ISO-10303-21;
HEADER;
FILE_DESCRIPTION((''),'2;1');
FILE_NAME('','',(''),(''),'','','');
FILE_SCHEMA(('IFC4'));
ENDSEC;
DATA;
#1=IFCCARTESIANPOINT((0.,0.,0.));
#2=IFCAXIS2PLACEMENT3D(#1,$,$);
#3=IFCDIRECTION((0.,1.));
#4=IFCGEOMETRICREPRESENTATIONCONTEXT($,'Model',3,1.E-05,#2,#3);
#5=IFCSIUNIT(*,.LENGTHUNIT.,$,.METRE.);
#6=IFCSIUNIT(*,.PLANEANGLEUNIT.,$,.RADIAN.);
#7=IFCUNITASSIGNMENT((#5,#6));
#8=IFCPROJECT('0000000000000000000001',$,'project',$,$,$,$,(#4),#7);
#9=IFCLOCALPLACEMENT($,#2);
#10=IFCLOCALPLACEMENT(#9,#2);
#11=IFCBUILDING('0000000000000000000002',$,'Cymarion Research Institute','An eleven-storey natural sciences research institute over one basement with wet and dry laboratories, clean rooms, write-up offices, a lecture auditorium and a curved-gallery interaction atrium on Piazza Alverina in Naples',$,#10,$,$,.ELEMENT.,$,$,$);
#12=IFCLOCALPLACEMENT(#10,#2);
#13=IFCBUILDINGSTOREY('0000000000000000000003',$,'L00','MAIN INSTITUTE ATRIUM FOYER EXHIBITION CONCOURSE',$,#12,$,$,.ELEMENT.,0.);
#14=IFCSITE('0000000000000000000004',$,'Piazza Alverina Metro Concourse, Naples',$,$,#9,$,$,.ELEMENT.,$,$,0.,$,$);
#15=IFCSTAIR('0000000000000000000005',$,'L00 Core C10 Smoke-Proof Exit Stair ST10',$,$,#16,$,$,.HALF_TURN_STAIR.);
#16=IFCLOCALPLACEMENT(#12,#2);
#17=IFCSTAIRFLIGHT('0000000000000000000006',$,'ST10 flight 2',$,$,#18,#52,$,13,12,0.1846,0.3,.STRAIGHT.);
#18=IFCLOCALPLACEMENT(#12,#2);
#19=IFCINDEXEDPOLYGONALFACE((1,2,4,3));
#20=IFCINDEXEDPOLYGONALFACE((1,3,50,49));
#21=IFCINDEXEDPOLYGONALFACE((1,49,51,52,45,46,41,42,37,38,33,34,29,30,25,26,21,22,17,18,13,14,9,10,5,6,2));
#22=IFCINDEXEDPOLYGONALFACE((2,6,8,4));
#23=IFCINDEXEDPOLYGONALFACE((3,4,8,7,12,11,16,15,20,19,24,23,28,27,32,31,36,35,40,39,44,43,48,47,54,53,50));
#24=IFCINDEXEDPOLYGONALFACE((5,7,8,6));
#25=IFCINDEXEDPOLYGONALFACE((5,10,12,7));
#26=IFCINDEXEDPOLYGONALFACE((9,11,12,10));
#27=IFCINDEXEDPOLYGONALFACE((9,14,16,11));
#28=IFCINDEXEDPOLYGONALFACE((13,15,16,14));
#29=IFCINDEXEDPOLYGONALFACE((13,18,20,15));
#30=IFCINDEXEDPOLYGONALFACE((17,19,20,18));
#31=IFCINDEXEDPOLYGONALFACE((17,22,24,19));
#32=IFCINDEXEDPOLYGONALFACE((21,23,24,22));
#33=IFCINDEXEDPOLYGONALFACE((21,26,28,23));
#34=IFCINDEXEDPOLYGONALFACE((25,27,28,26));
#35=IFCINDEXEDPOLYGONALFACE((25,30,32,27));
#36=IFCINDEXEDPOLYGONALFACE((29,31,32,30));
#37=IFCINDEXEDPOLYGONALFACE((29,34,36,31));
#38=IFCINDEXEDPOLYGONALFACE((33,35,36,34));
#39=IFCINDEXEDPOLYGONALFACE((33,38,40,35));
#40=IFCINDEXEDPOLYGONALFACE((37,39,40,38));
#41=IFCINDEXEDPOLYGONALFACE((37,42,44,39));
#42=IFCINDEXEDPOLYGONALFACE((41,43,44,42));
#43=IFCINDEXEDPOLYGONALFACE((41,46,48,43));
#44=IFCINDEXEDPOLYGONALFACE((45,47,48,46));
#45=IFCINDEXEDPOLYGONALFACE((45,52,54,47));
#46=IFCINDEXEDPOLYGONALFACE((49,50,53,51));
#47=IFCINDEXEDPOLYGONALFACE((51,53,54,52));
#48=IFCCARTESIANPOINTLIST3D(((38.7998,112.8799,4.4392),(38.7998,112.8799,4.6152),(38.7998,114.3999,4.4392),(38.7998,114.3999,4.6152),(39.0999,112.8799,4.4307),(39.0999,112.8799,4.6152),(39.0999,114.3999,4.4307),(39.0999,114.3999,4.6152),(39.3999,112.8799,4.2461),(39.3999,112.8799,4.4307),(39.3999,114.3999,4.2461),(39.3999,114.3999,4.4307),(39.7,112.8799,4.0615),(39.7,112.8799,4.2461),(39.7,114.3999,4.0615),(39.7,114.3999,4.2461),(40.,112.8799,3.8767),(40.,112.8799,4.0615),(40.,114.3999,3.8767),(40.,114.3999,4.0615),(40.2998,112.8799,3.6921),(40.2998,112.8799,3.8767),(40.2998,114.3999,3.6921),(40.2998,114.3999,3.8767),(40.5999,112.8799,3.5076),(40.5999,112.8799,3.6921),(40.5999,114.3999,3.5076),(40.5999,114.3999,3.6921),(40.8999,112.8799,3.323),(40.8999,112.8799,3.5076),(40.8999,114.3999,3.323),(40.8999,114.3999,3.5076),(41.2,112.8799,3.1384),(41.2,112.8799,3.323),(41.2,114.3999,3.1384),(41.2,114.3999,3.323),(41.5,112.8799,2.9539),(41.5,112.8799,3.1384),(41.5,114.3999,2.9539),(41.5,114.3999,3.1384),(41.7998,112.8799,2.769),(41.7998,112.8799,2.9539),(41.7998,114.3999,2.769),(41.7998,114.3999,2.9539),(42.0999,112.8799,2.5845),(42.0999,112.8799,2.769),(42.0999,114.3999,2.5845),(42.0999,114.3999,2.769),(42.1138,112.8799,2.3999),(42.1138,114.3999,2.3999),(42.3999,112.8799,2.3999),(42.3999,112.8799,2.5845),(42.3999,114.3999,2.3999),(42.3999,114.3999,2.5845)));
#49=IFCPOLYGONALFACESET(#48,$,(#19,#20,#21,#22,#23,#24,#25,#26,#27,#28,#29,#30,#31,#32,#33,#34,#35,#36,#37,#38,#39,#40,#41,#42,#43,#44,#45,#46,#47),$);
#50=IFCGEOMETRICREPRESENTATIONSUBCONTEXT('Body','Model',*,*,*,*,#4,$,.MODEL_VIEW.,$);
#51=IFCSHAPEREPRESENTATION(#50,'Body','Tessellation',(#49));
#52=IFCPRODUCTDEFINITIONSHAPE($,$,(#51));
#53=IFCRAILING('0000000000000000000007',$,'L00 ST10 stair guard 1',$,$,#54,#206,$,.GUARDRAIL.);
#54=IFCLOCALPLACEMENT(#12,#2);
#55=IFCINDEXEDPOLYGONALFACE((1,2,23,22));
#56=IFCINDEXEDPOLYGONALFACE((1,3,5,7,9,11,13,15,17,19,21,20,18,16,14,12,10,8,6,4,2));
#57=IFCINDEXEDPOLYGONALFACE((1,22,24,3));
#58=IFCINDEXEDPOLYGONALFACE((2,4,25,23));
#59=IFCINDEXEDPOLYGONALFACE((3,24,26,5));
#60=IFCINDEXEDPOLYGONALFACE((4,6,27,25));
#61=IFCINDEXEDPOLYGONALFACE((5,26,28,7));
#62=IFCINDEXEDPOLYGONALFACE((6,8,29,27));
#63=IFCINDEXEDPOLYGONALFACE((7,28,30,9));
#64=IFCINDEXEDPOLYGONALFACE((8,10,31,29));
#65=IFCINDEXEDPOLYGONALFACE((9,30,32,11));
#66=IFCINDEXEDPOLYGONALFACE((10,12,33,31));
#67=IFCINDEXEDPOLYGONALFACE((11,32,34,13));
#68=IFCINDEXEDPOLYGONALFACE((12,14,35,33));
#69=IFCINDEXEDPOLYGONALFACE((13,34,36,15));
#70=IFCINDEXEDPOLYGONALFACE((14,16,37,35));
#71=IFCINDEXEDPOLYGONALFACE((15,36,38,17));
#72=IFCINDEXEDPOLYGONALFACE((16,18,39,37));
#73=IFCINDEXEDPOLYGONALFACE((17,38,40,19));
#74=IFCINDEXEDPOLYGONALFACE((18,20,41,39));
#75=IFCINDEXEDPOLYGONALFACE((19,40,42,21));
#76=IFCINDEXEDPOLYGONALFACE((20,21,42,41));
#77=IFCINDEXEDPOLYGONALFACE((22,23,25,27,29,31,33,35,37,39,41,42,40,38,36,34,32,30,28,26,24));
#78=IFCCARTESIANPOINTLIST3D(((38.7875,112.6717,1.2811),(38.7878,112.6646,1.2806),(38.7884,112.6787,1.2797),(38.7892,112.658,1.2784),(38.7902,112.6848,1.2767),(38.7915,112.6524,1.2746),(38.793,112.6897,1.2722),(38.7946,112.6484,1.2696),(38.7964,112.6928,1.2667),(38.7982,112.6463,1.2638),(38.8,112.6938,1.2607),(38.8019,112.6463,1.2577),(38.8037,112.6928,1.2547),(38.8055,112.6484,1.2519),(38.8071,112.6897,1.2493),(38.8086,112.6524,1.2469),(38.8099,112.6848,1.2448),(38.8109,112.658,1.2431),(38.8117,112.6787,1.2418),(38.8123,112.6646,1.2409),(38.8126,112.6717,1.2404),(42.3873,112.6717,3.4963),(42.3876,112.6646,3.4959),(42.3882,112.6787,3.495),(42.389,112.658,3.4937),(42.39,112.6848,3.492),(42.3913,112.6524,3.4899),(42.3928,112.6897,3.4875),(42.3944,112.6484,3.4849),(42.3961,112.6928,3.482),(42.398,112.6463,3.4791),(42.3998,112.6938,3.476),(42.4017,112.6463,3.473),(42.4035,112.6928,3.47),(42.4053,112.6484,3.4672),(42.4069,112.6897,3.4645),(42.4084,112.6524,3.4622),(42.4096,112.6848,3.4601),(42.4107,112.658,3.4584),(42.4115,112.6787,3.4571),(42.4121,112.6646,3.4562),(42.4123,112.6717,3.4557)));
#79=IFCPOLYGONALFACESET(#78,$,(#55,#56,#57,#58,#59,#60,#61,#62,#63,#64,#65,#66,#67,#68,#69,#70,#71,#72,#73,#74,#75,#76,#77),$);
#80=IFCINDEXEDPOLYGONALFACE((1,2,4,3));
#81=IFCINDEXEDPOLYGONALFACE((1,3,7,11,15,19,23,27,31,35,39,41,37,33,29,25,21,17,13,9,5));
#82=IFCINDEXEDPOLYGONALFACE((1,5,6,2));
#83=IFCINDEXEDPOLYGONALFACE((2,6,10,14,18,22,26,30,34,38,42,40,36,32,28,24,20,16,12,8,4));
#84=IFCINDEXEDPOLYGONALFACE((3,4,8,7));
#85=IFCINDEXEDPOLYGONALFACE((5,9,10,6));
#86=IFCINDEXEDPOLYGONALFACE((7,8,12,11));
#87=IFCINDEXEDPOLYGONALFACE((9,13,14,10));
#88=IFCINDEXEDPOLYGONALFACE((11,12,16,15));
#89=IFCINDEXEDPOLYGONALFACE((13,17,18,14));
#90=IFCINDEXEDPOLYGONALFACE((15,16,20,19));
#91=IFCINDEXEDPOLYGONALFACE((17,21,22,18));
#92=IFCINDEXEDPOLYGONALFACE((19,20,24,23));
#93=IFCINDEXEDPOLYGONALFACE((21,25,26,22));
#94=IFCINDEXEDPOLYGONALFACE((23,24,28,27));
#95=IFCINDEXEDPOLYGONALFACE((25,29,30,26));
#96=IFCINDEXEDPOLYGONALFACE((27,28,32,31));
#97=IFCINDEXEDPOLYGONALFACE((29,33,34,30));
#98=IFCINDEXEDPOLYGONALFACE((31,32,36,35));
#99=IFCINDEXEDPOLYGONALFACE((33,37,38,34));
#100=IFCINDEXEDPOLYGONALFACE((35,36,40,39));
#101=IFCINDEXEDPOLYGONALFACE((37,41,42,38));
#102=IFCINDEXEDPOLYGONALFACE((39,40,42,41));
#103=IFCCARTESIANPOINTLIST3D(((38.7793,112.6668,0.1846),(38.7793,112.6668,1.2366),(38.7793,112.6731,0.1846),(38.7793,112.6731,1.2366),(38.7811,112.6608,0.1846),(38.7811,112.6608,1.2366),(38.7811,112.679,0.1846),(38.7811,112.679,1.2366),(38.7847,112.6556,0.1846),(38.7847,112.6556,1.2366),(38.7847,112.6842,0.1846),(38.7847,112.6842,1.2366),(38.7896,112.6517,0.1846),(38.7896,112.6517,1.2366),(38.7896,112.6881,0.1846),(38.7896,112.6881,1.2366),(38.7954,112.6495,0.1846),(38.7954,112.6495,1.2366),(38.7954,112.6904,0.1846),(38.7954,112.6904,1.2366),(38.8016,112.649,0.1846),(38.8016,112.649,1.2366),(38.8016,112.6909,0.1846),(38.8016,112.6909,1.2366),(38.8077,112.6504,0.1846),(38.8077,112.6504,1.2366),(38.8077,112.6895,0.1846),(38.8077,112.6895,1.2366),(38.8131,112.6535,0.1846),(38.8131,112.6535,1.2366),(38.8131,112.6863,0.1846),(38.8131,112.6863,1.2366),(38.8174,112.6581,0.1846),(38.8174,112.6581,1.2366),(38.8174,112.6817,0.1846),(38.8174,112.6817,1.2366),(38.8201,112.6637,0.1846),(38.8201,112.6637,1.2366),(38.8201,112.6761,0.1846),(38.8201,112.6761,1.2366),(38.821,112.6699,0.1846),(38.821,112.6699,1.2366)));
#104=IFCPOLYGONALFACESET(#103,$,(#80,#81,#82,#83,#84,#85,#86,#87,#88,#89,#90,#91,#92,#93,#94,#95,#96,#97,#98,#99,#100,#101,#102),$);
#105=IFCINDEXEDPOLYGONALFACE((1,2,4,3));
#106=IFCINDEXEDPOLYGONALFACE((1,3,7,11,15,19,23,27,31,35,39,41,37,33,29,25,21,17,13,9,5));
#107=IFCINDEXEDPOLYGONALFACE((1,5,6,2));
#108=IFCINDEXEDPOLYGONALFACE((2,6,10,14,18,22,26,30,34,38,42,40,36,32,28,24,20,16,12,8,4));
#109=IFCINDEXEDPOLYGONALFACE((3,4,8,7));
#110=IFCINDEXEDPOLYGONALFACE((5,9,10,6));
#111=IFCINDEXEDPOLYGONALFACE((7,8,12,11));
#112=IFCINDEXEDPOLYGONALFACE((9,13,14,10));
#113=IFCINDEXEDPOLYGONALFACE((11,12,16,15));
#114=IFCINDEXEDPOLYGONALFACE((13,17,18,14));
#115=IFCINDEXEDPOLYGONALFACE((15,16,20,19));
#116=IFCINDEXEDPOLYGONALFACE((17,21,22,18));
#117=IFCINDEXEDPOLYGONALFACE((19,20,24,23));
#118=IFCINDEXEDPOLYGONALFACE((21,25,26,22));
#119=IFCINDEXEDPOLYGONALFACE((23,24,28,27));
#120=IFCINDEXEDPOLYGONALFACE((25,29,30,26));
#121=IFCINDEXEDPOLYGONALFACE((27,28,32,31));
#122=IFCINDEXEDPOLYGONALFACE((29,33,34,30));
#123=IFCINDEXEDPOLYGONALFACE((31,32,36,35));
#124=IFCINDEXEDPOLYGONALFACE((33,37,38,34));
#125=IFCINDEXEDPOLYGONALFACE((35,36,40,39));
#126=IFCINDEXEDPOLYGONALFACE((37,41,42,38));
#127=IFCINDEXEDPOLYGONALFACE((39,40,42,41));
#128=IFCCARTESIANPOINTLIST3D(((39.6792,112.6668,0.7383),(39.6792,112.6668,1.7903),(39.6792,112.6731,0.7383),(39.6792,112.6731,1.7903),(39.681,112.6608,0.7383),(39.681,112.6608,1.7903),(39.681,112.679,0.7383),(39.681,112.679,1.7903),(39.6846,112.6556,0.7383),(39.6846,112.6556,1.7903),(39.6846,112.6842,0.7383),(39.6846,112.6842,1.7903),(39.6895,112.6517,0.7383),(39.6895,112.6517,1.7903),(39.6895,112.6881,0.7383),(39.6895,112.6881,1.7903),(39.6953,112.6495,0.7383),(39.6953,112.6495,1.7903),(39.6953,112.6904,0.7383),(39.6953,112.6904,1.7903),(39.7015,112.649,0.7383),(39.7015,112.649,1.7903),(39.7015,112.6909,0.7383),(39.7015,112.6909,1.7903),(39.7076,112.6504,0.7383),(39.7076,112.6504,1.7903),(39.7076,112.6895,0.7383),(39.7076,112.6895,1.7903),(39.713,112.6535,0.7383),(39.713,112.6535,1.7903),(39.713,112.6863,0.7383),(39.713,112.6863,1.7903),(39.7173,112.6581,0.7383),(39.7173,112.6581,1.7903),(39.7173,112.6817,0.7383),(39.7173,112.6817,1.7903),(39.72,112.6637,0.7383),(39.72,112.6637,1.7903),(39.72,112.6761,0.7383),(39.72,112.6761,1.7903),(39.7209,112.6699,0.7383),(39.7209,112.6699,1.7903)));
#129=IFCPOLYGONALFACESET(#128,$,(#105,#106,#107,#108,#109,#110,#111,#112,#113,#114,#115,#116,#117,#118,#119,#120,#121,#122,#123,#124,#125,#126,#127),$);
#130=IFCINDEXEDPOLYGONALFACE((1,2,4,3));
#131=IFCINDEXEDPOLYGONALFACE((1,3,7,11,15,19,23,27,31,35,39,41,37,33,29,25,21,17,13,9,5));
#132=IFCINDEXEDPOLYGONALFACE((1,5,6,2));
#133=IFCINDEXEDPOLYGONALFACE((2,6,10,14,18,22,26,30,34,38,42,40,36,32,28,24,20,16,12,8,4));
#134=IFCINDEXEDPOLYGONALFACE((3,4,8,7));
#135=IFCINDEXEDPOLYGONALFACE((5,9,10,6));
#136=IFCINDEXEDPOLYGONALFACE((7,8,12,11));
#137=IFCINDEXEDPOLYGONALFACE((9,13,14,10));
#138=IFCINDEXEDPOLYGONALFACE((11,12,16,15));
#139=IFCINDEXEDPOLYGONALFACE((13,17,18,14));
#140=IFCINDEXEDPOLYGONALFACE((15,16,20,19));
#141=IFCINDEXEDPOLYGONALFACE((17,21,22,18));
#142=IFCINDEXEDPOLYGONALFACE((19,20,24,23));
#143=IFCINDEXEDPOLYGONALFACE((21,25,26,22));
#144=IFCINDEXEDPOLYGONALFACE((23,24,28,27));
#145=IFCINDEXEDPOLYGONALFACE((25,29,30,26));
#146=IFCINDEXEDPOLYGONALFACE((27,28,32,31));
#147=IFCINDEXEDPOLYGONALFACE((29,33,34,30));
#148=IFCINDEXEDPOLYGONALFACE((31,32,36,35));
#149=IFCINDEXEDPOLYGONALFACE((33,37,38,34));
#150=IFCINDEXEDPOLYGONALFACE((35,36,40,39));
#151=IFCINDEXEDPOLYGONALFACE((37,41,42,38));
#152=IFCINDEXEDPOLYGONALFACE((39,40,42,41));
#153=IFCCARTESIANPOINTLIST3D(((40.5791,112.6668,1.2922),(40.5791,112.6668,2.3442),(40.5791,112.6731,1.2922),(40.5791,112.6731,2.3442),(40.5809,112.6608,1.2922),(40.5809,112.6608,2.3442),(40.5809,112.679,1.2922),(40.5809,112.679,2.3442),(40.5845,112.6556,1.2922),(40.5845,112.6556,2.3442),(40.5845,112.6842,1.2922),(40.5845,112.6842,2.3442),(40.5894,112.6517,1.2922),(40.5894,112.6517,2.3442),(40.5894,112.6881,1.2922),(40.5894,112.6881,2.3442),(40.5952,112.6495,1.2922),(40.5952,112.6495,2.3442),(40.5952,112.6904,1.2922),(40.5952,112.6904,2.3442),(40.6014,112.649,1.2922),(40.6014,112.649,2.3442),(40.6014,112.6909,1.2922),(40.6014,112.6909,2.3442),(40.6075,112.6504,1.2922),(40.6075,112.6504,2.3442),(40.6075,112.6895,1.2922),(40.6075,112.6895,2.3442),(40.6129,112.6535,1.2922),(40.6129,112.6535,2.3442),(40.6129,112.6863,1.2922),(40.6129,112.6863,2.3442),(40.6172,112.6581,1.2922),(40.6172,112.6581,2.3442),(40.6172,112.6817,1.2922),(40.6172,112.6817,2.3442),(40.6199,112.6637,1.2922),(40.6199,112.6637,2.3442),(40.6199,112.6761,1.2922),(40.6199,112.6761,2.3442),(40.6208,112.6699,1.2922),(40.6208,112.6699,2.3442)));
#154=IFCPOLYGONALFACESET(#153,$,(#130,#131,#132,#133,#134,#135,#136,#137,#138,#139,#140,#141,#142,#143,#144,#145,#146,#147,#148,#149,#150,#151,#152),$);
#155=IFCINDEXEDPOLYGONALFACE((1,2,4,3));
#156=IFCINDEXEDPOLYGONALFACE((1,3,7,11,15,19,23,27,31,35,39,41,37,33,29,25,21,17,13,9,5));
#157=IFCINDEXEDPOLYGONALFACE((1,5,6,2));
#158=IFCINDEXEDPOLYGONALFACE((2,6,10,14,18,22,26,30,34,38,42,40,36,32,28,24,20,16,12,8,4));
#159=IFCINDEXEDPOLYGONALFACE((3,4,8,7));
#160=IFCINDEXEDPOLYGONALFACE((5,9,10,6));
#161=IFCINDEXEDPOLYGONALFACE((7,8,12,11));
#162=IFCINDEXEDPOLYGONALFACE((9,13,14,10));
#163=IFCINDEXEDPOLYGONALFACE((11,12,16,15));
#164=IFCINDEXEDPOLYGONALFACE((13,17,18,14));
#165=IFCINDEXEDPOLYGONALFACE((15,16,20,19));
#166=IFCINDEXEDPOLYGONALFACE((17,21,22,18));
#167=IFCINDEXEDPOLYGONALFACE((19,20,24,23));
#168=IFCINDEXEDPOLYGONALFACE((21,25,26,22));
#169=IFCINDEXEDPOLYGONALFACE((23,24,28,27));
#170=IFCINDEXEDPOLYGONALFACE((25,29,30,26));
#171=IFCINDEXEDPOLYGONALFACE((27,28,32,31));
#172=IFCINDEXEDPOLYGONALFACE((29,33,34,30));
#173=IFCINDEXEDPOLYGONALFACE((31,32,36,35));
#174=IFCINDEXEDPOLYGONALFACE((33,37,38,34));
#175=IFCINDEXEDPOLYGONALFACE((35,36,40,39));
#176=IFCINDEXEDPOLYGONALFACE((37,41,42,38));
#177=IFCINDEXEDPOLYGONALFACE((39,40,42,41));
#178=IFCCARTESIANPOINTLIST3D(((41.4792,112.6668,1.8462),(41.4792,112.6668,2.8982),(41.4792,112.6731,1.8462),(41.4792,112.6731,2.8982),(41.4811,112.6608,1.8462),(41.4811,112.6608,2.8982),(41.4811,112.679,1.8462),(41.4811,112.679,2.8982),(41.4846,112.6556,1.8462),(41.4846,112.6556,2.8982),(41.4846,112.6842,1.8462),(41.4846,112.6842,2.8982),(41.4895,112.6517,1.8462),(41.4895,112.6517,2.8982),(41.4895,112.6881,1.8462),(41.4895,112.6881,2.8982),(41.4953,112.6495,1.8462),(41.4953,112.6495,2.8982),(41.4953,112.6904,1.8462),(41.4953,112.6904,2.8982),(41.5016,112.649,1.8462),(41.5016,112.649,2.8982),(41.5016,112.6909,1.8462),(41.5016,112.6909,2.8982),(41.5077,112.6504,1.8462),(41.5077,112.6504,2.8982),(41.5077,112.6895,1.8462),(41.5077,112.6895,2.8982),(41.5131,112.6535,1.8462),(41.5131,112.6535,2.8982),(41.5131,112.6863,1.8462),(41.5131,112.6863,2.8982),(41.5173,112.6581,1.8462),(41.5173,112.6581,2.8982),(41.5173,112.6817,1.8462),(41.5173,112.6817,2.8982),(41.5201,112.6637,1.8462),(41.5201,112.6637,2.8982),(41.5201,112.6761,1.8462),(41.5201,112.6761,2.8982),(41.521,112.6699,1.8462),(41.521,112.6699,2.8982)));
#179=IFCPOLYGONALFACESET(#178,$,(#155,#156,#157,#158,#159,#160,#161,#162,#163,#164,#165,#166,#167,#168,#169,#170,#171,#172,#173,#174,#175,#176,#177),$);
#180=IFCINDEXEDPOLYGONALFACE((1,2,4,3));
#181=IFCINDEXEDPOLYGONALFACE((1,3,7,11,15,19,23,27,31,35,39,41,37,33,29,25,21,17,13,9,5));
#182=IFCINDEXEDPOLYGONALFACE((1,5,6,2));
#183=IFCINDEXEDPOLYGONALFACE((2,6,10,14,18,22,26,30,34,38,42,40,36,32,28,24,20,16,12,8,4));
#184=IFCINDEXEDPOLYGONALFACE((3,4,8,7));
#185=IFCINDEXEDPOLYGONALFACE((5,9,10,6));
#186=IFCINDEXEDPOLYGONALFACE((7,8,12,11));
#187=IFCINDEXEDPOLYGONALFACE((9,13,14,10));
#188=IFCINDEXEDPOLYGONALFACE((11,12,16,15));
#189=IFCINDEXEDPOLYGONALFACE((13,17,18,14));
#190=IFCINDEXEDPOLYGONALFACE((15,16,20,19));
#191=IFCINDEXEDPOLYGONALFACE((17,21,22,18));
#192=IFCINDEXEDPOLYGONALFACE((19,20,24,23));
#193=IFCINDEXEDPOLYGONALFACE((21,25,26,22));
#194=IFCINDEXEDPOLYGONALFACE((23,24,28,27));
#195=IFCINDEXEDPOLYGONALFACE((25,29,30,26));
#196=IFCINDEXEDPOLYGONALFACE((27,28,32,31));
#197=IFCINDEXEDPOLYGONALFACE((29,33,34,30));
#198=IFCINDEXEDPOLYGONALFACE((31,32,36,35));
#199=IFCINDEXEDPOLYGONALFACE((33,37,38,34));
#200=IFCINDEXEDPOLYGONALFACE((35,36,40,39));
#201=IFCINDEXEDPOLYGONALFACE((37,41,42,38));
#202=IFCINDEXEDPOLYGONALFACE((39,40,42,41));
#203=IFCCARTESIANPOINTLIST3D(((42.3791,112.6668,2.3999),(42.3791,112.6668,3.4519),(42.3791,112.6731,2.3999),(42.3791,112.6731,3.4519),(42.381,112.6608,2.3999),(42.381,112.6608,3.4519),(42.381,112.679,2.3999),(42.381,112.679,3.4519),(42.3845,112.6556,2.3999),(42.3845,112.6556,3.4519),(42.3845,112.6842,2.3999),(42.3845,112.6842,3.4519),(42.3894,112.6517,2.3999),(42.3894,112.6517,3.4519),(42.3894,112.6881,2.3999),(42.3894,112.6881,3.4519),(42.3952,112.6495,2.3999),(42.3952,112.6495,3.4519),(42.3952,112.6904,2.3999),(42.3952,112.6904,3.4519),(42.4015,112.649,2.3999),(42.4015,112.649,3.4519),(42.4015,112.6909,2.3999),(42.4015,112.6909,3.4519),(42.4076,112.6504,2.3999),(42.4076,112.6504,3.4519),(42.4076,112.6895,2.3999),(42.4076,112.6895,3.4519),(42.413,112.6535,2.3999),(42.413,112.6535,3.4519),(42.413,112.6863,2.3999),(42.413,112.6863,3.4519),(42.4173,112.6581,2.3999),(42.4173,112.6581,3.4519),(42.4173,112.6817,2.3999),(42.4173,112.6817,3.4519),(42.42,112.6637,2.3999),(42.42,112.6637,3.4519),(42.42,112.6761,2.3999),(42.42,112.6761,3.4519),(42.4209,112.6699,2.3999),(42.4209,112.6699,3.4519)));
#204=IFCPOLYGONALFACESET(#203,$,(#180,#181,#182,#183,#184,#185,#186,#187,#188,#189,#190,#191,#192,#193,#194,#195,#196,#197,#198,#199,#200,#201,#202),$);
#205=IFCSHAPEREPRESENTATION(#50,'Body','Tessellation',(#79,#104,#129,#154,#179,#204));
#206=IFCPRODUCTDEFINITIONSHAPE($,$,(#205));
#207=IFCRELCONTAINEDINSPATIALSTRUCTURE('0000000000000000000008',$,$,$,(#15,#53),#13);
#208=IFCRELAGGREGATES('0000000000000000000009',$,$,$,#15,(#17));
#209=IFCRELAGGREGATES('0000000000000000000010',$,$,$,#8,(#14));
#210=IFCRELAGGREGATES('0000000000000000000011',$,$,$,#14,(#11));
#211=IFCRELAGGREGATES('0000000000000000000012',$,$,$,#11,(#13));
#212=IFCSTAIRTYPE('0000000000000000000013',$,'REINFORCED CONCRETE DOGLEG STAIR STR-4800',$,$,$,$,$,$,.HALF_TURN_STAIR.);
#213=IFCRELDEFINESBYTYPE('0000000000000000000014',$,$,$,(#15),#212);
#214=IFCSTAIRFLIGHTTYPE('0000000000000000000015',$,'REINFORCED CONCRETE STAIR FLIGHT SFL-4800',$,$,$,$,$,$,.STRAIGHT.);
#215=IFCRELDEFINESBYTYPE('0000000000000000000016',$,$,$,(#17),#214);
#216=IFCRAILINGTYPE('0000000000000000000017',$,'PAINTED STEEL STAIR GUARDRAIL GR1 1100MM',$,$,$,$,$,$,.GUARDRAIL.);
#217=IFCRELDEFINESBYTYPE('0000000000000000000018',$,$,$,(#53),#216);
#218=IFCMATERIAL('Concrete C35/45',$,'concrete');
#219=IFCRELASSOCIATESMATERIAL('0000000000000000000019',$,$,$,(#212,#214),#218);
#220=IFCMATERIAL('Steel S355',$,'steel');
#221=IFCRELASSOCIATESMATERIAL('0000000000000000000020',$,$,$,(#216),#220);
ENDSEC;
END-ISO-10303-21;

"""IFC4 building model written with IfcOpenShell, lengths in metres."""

from ifc_helpers import new_model, si_unit, direction, frame, origin, origin_2d, place, context, subcontext, project, spatial, polyline, circle, outline, extrude, material, type_object, element, aggregate, save


model = new_model("IFC4")

# Units and contexts
model_context = context("Model", 3, precision=1e-05, world=origin(), true_north=direction((0.0, 1.0)))
body_context = subcontext(model_context, "Body", "Model", "MODEL_VIEW")
ifc_project = project(units=[si_unit("LENGTHUNIT", "METRE"), si_unit("PLANEANGLEUNIT", "RADIAN")], contexts=[model_context])

# Site, building, storey
site_placement = place(None, origin())
site = spatial("IfcSite", under=ifc_project, at=site_placement, Name="Piazza Alverina Metro Concourse, Naples", CompositionType="ELEMENT", RefElevation=0.0)
building_placement = place(site_placement, origin())
building = spatial("IfcBuilding", under=site, at=building_placement, Name="Cymarion Research Institute", Description="An eleven-storey natural sciences research institute over one basement with wet and dry laboratories, clean rooms, write-up offices, a lecture auditorium and a curved-gallery interaction atrium on Piazza Alverina in Naples", CompositionType="ELEMENT")
storey_placement = place(building_placement, origin())
storey = spatial("IfcBuildingStorey", under=building, at=storey_placement, Name="L00", Description="MAIN INSTITUTE ATRIUM FOYER EXHIBITION CONCOURSE", CompositionType="ELEMENT", Elevation=0.0)

# Shared definitions
ifc_material_1 = material(Name="Steel S355", Category="steel")

# Stair, stair flight
ifc_material_2 = material(Name="Concrete C35/45", Category="concrete")
stair_type = type_object("IfcStairType", Name="REINFORCED CONCRETE DOGLEG STAIR STR-4800", PredefinedType="HALF_TURN_STAIR", material=ifc_material_2)
stair_placement = place(storey_placement, origin())
stair = element("IfcStair", 1, at=stair_placement, inside=storey, type_object=stair_type, Name="L00 Core C10 Smoke-Proof Exit Stair ST10", PredefinedType="HALF_TURN_STAIR")
stair_flight_type = type_object("IfcStairFlightType", Name="REINFORCED CONCRETE STAIR FLIGHT SFL-4800", PredefinedType="STRAIGHT", material=ifc_material_2)
stair_flight_1_placement = place(storey_placement, frame((42.3999, 113.6399, 2.3999), z_axis=(0.0, 0.0, 1.0), x_axis=(-1.0, 0.0, 0.0)))
stair_flight_1 = element("IfcStairFlight", 2, at=stair_flight_1_placement, type_object=stair_flight_type, Name="ST10 flight 2", NumberOfRisers=13, NumberOfTreads=12, PredefinedType="STRAIGHT", RiserHeight=0.1846, TreadLength=0.3, context=body_context, shape_type="SweptSolid", body=[
    extrude(outline(polyline([(0.0, 0.0), (0.0, 0.1846), (0.3, 0.1846), (0.3, 0.3691), (0.6001, 0.3691), (0.6001, 0.554), (0.8999, 0.554), (0.8999, 0.7385), (1.2, 0.7385), (1.2, 0.9231), (1.5, 0.9231), (1.5, 1.1077), (1.8, 1.1077), (1.8, 1.2922), (2.1001, 1.2922), (2.1001, 1.4768), (2.3999, 1.4768), (2.3999, 1.6616), (2.7, 1.6616), (2.7, 1.8462), (3.0, 1.8462), (3.0, 2.0308), (3.3, 2.0308), (3.3, 2.2153), (3.6001, 2.2153), (3.6001, 2.3999), (3.6001, 2.0393), (0.2861, 0.0), (0.0, 0.0)])), frame((0.0, 0.76, 0.0), z_axis=(0.0, -1.0, 0.0), x_axis=(1.0, 0.0, 0.0)), (0.0, 0.0, 1.0), 1.52),
])
aggregate(stair, [stair_flight_1])

# Railing
railing_type_1 = type_object("IfcRailingType", Name="PAINTED STEEL STAIR GUARDRAIL GR1 1100MM", PredefinedType="GUARDRAIL", material=ifc_material_1)
railing_1_placement = place(storey_placement, frame((38.8, 112.6699, 0.1846)))
element("IfcRailing", 3, at=railing_1_placement, inside=storey, type_object=railing_type_1, Name="L00 ST10 stair guard 1", PredefinedType="GUARDRAIL", context=body_context, shape_type="SweptSolid", body=[
    extrude(circle(Radius=0.0239, at=origin_2d()), frame((0.0, 0.0, 1.0762), z_axis=(0.851654, 0.0, 0.524104), x_axis=(0.0, 1.0, 0.0)), (0.0, 0.0, 1.0), 4.2268),
    extrude(circle(Radius=0.021, at=origin_2d()), origin(), (0.0, 0.0, 1.0), 1.052),
    extrude(circle(Radius=0.021, at=origin_2d()), frame((0.8999, 0.0, 0.5537)), (0.0, 0.0, 1.0), 1.052),
    extrude(circle(Radius=0.021, at=origin_2d()), frame((1.7998, 0.0, 1.1077)), (0.0, 0.0, 1.0), 1.052),
    extrude(circle(Radius=0.021, at=origin_2d()), frame((2.7, 0.0, 1.6616)), (0.0, 0.0, 1.0), 1.052),
    extrude(circle(Radius=0.021, at=origin_2d()), frame((3.5999, 0.0, 2.2153)), (0.0, 0.0, 1.0), 1.052),
])

save(model, "model.ifc")
